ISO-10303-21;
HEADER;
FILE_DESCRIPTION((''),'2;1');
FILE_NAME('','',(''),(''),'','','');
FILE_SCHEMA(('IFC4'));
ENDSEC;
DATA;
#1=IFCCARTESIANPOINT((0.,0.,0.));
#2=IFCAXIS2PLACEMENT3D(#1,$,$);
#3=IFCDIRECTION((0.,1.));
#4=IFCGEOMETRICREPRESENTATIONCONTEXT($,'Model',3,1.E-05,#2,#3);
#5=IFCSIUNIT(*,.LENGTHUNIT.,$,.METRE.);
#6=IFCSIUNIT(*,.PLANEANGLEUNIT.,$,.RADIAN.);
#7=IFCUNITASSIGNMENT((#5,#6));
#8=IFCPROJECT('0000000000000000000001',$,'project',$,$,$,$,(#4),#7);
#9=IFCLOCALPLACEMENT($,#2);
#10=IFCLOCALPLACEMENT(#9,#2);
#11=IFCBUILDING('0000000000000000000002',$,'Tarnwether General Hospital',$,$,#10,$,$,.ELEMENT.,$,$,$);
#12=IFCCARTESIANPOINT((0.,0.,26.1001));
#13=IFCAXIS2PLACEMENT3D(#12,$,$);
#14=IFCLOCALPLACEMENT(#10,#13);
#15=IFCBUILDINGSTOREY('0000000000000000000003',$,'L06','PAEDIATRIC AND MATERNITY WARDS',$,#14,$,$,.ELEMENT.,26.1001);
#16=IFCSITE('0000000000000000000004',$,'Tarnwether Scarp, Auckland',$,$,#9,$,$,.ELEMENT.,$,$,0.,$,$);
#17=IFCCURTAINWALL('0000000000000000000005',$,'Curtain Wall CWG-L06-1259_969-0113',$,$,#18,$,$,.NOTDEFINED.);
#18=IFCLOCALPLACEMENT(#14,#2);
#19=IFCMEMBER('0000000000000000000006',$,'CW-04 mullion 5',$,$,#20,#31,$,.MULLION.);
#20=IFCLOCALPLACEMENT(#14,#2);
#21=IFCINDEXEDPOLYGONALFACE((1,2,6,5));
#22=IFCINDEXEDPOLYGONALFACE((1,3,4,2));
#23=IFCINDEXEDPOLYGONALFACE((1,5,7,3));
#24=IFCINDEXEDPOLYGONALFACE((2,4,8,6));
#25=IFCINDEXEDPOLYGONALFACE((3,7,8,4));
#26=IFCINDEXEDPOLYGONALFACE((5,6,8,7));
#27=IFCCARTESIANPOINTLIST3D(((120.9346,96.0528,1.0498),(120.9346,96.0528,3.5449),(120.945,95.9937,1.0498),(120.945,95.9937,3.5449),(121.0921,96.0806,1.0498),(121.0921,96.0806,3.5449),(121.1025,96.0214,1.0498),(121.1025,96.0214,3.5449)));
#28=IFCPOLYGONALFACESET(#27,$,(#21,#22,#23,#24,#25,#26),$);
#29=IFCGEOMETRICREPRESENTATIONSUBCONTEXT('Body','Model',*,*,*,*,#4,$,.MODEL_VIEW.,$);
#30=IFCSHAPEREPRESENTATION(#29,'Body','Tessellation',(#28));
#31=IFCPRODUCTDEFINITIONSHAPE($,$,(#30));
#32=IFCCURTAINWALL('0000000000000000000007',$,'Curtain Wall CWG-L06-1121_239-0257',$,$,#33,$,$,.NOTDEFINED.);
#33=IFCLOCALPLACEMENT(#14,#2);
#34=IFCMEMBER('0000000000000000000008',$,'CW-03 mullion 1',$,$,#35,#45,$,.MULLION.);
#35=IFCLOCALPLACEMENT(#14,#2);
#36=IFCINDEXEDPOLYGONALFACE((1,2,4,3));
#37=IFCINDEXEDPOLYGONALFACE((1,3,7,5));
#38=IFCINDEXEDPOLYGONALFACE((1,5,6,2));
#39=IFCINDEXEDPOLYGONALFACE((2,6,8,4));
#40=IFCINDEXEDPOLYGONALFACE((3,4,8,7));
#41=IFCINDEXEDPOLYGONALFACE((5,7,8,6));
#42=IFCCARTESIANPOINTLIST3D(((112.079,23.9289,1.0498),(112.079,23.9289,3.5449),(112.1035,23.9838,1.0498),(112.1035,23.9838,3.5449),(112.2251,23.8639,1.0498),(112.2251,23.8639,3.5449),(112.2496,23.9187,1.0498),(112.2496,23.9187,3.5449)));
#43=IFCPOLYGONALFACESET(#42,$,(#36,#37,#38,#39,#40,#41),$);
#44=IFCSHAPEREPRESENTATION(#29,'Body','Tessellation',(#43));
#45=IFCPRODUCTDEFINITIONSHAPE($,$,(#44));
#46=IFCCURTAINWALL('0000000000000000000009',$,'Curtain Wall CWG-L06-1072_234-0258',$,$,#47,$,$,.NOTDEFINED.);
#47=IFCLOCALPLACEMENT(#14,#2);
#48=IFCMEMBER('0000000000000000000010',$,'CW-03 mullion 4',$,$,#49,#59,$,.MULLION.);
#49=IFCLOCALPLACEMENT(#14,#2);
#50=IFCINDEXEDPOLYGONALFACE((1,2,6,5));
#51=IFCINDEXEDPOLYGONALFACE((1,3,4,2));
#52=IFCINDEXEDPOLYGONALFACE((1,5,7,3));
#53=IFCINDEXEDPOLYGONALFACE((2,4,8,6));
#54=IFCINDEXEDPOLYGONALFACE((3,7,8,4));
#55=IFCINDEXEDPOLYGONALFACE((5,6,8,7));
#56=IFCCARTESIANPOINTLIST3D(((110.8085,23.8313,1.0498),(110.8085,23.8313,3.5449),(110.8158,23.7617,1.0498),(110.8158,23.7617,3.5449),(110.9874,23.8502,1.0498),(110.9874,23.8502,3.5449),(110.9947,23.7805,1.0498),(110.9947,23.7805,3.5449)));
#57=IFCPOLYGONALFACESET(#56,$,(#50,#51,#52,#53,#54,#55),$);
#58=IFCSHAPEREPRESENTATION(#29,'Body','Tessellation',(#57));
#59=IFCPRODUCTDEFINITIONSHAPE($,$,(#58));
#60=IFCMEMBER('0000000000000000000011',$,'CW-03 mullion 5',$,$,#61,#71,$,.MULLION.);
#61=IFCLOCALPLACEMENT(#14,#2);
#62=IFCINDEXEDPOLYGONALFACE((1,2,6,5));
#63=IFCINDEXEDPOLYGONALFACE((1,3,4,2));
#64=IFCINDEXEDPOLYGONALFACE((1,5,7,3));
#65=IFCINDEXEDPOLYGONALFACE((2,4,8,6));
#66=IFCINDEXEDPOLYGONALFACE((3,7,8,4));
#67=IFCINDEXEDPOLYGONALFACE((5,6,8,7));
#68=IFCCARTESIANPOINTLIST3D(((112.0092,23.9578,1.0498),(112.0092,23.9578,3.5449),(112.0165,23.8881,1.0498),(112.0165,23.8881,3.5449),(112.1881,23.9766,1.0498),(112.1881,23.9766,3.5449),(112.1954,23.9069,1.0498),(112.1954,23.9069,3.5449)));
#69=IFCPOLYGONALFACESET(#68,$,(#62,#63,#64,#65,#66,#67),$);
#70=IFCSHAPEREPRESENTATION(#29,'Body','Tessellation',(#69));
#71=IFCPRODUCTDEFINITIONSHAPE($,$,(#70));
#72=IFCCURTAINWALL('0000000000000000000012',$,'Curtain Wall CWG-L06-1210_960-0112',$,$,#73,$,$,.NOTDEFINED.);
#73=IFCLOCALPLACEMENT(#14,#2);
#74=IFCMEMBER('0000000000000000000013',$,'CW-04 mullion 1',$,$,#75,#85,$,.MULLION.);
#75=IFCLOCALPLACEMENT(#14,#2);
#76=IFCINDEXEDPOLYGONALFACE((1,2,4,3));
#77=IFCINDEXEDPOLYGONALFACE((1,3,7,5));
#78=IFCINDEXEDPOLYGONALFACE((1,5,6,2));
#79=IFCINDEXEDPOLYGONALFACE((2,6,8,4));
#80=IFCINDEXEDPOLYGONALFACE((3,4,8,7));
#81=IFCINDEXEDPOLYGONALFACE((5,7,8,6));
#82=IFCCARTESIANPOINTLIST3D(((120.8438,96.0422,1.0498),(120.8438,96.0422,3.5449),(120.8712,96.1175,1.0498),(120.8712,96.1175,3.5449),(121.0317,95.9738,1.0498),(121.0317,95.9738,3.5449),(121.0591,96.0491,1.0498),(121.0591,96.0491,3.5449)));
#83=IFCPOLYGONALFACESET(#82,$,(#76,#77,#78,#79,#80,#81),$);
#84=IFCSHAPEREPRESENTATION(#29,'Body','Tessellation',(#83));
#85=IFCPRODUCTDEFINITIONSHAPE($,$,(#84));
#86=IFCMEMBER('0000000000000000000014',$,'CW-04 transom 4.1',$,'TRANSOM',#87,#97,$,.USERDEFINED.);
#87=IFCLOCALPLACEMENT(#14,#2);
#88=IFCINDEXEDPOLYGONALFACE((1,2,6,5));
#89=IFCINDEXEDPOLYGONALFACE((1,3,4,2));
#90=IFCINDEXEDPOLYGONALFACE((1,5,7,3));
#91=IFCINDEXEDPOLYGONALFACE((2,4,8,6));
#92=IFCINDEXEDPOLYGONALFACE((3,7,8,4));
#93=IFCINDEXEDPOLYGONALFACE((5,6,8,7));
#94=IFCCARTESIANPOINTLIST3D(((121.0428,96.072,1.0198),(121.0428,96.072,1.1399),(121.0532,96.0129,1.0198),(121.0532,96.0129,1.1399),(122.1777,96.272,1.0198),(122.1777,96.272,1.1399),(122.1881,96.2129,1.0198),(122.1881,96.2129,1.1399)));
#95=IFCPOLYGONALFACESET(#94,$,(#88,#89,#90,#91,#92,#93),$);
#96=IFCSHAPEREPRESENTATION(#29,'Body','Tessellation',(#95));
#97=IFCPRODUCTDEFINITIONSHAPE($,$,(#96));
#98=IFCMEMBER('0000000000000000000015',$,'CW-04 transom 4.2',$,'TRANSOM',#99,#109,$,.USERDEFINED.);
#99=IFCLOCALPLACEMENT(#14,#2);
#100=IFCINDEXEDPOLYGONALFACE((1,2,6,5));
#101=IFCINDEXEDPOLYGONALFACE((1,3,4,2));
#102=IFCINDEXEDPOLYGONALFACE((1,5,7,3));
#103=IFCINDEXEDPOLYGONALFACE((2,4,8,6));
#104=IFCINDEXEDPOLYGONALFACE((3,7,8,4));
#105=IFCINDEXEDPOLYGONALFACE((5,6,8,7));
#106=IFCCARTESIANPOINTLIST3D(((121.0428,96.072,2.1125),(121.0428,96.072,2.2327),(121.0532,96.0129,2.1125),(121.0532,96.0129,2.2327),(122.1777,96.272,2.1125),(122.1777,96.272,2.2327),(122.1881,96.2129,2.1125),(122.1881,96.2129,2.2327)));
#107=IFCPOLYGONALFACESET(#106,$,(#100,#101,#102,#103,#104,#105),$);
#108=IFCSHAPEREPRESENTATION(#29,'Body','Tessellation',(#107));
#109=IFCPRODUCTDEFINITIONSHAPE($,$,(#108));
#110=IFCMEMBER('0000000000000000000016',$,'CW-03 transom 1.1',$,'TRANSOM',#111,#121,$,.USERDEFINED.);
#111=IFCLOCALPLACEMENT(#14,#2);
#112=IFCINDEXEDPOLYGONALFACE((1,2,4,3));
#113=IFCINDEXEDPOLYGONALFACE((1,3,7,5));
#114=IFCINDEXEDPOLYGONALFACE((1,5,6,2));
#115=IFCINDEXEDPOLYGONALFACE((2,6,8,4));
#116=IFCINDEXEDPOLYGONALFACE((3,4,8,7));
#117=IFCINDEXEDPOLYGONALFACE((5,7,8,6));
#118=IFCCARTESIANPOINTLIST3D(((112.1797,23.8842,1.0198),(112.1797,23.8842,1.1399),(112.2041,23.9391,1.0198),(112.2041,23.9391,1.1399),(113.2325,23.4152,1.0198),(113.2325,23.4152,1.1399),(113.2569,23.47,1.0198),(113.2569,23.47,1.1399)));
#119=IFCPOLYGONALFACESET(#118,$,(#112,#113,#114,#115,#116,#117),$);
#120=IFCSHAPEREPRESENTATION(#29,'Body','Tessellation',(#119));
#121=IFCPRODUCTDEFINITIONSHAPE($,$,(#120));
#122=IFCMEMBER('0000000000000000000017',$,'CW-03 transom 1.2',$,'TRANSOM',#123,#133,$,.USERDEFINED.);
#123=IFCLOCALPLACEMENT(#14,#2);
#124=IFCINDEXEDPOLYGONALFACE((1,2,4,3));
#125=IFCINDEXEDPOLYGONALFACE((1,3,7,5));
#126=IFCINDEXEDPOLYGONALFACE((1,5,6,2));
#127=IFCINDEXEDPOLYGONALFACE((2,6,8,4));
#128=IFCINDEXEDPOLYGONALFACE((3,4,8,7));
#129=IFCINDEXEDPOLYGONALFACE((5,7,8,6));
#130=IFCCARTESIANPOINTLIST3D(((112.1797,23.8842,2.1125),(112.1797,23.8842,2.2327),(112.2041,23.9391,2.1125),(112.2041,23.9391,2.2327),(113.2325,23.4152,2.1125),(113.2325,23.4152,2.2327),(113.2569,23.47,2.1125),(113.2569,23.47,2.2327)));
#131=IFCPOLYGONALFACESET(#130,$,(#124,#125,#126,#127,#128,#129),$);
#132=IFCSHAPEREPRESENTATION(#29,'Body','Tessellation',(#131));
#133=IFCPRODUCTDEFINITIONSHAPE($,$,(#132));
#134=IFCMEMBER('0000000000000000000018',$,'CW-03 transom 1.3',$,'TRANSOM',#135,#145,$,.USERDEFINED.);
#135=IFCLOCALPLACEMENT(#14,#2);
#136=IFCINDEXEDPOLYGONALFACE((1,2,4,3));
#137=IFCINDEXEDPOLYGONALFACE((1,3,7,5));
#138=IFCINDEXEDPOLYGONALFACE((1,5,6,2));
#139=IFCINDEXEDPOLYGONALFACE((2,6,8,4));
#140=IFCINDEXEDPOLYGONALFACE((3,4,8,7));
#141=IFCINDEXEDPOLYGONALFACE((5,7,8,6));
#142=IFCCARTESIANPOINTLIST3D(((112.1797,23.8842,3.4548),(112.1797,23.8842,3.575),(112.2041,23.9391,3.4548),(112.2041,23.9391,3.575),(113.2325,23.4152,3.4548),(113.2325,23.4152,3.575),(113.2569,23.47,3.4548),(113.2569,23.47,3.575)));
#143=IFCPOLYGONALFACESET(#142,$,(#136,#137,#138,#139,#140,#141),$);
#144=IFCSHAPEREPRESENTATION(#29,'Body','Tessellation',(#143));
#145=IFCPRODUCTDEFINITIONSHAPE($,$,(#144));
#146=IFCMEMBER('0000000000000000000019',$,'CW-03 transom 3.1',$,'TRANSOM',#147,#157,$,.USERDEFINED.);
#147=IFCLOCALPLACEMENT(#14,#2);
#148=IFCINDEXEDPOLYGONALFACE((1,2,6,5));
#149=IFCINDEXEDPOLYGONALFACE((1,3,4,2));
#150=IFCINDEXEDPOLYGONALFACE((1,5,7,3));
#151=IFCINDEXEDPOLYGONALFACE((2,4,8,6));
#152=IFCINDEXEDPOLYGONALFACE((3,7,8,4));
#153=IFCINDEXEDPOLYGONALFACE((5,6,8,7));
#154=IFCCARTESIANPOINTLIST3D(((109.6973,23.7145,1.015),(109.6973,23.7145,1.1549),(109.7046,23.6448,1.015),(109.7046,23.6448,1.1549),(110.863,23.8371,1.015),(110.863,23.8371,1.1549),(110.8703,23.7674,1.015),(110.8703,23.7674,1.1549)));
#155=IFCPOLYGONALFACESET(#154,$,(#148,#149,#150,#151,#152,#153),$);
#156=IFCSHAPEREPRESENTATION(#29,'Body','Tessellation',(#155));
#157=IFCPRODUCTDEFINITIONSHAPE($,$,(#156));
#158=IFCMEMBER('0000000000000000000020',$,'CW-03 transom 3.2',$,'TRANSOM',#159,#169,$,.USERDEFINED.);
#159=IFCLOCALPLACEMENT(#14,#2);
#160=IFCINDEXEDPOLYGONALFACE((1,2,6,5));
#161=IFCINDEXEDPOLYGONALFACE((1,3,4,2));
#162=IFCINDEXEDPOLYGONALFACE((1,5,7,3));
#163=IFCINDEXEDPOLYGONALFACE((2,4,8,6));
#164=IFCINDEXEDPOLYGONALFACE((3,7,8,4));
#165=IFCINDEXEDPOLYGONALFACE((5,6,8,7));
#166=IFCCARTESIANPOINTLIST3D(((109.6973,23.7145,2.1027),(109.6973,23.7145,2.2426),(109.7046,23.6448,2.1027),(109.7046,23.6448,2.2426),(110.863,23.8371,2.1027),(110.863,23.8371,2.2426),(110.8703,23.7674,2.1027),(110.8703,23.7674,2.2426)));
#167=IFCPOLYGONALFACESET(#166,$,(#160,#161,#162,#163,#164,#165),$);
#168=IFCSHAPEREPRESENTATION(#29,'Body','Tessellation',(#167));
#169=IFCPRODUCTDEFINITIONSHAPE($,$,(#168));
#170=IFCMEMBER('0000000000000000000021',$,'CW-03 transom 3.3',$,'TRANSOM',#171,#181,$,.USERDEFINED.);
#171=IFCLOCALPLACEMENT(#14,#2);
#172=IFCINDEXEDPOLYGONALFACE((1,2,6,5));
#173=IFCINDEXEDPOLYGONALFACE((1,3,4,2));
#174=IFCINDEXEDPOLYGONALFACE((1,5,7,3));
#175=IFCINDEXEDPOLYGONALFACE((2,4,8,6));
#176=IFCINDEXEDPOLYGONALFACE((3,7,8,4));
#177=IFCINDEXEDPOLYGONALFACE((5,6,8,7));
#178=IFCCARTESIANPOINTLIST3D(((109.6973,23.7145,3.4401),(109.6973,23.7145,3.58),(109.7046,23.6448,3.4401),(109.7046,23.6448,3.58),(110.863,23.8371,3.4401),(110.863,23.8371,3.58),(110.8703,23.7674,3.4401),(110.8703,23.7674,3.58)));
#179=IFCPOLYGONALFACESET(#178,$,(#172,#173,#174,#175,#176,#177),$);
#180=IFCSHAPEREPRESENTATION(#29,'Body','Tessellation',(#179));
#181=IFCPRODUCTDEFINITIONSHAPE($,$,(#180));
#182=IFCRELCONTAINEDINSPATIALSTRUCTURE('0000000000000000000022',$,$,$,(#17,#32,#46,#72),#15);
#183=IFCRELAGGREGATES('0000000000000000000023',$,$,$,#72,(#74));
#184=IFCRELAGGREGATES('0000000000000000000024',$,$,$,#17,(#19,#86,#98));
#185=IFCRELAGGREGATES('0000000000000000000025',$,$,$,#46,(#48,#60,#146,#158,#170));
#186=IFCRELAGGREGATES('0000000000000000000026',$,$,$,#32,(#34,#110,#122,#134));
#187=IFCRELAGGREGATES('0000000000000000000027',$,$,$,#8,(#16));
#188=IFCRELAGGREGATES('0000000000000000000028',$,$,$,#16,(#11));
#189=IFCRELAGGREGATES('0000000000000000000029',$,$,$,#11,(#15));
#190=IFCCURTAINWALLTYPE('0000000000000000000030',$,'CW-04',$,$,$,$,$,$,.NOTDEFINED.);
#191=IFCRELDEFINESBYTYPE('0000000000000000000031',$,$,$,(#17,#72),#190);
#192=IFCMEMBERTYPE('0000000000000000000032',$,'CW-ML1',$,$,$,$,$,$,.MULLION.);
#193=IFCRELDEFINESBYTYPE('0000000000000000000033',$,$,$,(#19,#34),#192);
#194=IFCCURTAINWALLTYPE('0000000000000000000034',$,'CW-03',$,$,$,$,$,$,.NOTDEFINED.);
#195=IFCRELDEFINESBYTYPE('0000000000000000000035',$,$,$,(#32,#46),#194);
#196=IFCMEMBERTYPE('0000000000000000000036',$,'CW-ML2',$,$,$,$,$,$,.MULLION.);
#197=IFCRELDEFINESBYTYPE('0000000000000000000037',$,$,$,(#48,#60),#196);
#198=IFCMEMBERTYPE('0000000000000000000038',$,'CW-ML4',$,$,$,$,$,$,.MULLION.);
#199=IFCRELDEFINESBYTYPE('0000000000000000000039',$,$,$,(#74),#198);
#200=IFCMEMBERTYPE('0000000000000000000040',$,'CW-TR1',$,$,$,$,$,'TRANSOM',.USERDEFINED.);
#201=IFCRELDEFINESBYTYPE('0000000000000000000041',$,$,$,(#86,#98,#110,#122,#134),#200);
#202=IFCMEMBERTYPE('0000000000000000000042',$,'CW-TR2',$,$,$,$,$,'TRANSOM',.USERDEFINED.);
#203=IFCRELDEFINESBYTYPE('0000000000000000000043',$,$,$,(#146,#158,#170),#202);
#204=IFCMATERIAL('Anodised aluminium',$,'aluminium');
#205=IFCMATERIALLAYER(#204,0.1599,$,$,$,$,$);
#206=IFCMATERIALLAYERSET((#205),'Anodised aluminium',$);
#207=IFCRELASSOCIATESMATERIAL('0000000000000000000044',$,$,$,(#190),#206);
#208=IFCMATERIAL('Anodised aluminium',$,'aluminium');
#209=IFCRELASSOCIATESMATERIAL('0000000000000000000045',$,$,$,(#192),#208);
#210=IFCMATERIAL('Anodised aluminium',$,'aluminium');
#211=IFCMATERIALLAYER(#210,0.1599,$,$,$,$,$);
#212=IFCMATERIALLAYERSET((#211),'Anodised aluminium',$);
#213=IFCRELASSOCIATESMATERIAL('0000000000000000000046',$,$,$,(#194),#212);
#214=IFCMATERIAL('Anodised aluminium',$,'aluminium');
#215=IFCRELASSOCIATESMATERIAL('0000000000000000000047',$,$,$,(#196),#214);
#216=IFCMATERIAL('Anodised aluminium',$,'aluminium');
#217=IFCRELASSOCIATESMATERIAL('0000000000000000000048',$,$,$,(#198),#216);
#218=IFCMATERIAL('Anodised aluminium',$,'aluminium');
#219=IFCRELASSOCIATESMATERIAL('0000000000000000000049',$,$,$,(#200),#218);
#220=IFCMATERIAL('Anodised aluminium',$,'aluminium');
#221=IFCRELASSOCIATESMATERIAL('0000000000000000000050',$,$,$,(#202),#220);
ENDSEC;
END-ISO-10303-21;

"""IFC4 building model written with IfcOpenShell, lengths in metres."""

from ifc_helpers import new_model, si_unit, direction, frame, origin, origin_2d, place, context, subcontext, project, spatial, rectangle, extrude, material, layer, layer_set, material_profile, profile_set, type_object, element, aggregate, save


model = new_model("IFC4")

# Units and contexts
model_context = context("Model", 3, precision=1e-05, world=origin(), true_north=direction((0.0, 1.0)))
body_context = subcontext(model_context, "Body", "Model", "MODEL_VIEW")
ifc_project = project(units=[si_unit("LENGTHUNIT", "METRE"), si_unit("PLANEANGLEUNIT", "RADIAN")], contexts=[model_context])

# Site, building, storey
site_placement = place(None, origin())
site = spatial("IfcSite", under=ifc_project, at=site_placement, Name="Tarnwether Scarp, Auckland", CompositionType="ELEMENT", RefElevation=0.0)
building_placement = place(site_placement, origin())
building = spatial("IfcBuilding", under=site, at=building_placement, Name="Tarnwether General Hospital", CompositionType="ELEMENT")
storey_placement = place(building_placement, frame((0.0, 0.0, 26.1001)))
storey = spatial("IfcBuildingStorey", under=building, at=storey_placement, Name="L06", Description="PAEDIATRIC AND MATERNITY WARDS", CompositionType="ELEMENT", Elevation=26.1001)

# Curtain walls, members
ifc_material_1 = material(Name="Anodised aluminium", Category="aluminium")
ifc_layer_1 = layer(ifc_material_1, 0.1599)
ifc_layer_set_1 = layer_set([ifc_layer_1], Name="Anodised aluminium")
curtain_wall_type_1 = type_object("IfcCurtainWallType", Name="CW-04", PredefinedType="NOTDEFINED", material=ifc_layer_set_1)
curtain_wall_1_placement = place(storey_placement, origin())
curtain_wall_1 = element("IfcCurtainWall", 1, at=curtain_wall_1_placement, inside=storey, type_object=curtain_wall_type_1, Name="Curtain Wall CWG-L06-1259_969-0113", PredefinedType="NOTDEFINED")
ifc_material_2 = material(Name="Anodised aluminium", Category="aluminium")
ifc_material_profile_1 = material_profile(ifc_material_2, rectangle(XDim=0.0601, YDim=0.1599, at=origin_2d()), Name="ALU-MUL-60x160")
ifc_profile_set_1 = profile_set([ifc_material_profile_1], Name="Anodised aluminium")
member_type_1 = type_object("IfcMemberType", Name="CW-ML1", PredefinedType="MULLION", material=ifc_profile_set_1)
member_1_placement = place(storey_placement, frame((121.0186, 96.0371, 1.0498), z_axis=(0.0, 0.0, 1.0), x_axis=(0.173659, -0.984806, 0.0)))
member_1 = element("IfcMember", 2, at=member_1_placement, type_object=member_type_1, Name="CW-04 mullion 5", PredefinedType="MULLION", context=body_context, shape_type="SweptSolid", body=[
    extrude(rectangle(XDim=0.0601, YDim=0.1599, at=origin_2d()), origin(), (0.0, 0.0, 1.0), 2.4951),
])
ifc_material_3 = material(Name="Anodised aluminium", Category="aluminium")
ifc_layer_2 = layer(ifc_material_3, 0.1599)
ifc_layer_set_2 = layer_set([ifc_layer_2], Name="Anodised aluminium")
curtain_wall_type_2 = type_object("IfcCurtainWallType", Name="CW-03", PredefinedType="NOTDEFINED", material=ifc_layer_set_2)
curtain_wall_2_placement = place(storey_placement, origin())
curtain_wall_2 = element("IfcCurtainWall", 3, at=curtain_wall_2_placement, inside=storey, type_object=curtain_wall_type_2, Name="Curtain Wall CWG-L06-1121_239-0257", PredefinedType="NOTDEFINED")
member_2_placement = place(storey_placement, frame((112.1643, 23.9238, 1.0498), z_axis=(0.0, 0.0, 1.0), x_axis=(0.406848, 0.913496, 0.0)))
member_2 = element("IfcMember", 4, at=member_2_placement, type_object=member_type_1, Name="CW-03 mullion 1", PredefinedType="MULLION", context=body_context, shape_type="SweptSolid", body=[
    extrude(rectangle(XDim=0.0601, YDim=0.1599, at=origin_2d()), origin(), (0.0, 0.0, 1.0), 2.4951),
])

# Curtain wall, members
curtain_wall_3_placement = place(storey_placement, origin())
curtain_wall_3 = element("IfcCurtainWall", 5, at=curtain_wall_3_placement, inside=storey, type_object=curtain_wall_type_2, Name="Curtain Wall CWG-L06-1072_234-0258", PredefinedType="NOTDEFINED")
ifc_material_4 = material(Name="Anodised aluminium", Category="aluminium")
ifc_material_profile_2 = material_profile(ifc_material_4, rectangle(XDim=0.0701, YDim=0.1799, at=origin_2d()), Name="ALU-MUL-70x180")
ifc_profile_set_2 = profile_set([ifc_material_profile_2], Name="Anodised aluminium")
member_type_2 = type_object("IfcMemberType", Name="CW-ML2", PredefinedType="MULLION", material=ifc_profile_set_2)
member_3_placement = place(storey_placement, frame((110.9016, 23.8059, 1.0498), z_axis=(0.0, 0.0, 1.0), x_axis=(-0.104643, 0.99451, 0.0)))
member_3 = element("IfcMember", 6, at=member_3_placement, type_object=member_type_2, Name="CW-03 mullion 4", PredefinedType="MULLION", context=body_context, shape_type="SweptSolid", body=[
    extrude(rectangle(XDim=0.0701, YDim=0.1799, at=origin_2d()), origin(), (0.0, 0.0, 1.0), 2.4951),
])
member_4_placement = place(storey_placement, frame((112.1023, 23.9324, 1.0498), z_axis=(0.0, 0.0, 1.0), x_axis=(-0.104643, 0.99451, 0.0)))
member_4 = element("IfcMember", 7, at=member_4_placement, type_object=member_type_2, Name="CW-03 mullion 5", PredefinedType="MULLION", context=body_context, shape_type="SweptSolid", body=[
    extrude(rectangle(XDim=0.0701, YDim=0.1799, at=origin_2d()), origin(), (0.0, 0.0, 1.0), 2.4951),
])

# Curtain wall, member
curtain_wall_4_placement = place(storey_placement, origin())
curtain_wall_4 = element("IfcCurtainWall", 8, at=curtain_wall_4_placement, inside=storey, type_object=curtain_wall_type_1, Name="Curtain Wall CWG-L06-1210_960-0112", PredefinedType="NOTDEFINED")
ifc_material_5 = material(Name="Anodised aluminium", Category="aluminium")
ifc_material_profile_3 = material_profile(ifc_material_5, rectangle(XDim=0.0801, YDim=0.2, at=origin_2d()), Name="ALU-MUL-80x200")
ifc_profile_set_3 = profile_set([ifc_material_profile_3], Name="Anodised aluminium")
member_type_3 = type_object("IfcMemberType", Name="CW-ML4", PredefinedType="MULLION", material=ifc_profile_set_3)
member_5_placement = place(storey_placement, frame((120.9514, 96.0457, 1.0498), z_axis=(0.0, 0.0, 1.0), x_axis=(-0.342131, -0.939652, 0.0)))
member_5 = element("IfcMember", 9, at=member_5_placement, type_object=member_type_3, Name="CW-04 mullion 1", PredefinedType="MULLION", context=body_context, shape_type="SweptSolid", body=[
    extrude(rectangle(XDim=0.0801, YDim=0.2, at=origin_2d()), origin(), (0.0, 0.0, 1.0), 2.4951),
])

# Members
ifc_material_6 = material(Name="Anodised aluminium", Category="aluminium")
ifc_material_profile_4 = material_profile(ifc_material_6, rectangle(XDim=0.0601, YDim=0.1201, at=origin_2d()), Name="ALU-TRN-60x120")
ifc_profile_set_4 = profile_set([ifc_material_profile_4], Name="Anodised aluminium")
member_type_4 = type_object("IfcMemberType", Name="CW-TR1", ElementType="TRANSOM", PredefinedType="USERDEFINED", material=ifc_profile_set_4)
member_6_placement = place(storey_placement, frame((122.1829, 96.2424, 1.0798), z_axis=(-0.984828, -0.173531, 0.0), x_axis=(0.173531, -0.984828, 0.0)))
member_6 = element("IfcMember", 10, at=member_6_placement, type_object=member_type_4, Name="CW-04 transom 4.1", ObjectType="TRANSOM", PredefinedType="USERDEFINED", context=body_context, shape_type="SweptSolid", body=[
    extrude(rectangle(XDim=0.0601, YDim=0.1201, at=origin_2d()), origin(), (0.0, 0.0, 1.0), 1.1523),
])
member_7_placement = place(storey_placement, frame((122.1829, 96.2424, 2.1726), z_axis=(-0.984828, -0.173531, 0.0), x_axis=(0.173531, -0.984828, 0.0)))
member_7 = element("IfcMember", 11, at=member_7_placement, type_object=member_type_4, Name="CW-04 transom 4.2", ObjectType="TRANSOM", PredefinedType="USERDEFINED", context=body_context, shape_type="SweptSolid", body=[
    extrude(rectangle(XDim=0.0601, YDim=0.1201, at=origin_2d()), origin(), (0.0, 0.0, 1.0), 1.1523),
])
member_8_placement = place(storey_placement, frame((112.1919, 23.9116, 1.0798), z_axis=(0.913453, -0.406944, 0.0), x_axis=(0.406944, 0.913453, 0.0)))
member_8 = element("IfcMember", 12, at=member_8_placement, type_object=member_type_4, Name="CW-03 transom 1.1", ObjectType="TRANSOM", PredefinedType="USERDEFINED", context=body_context, shape_type="SweptSolid", body=[
    extrude(rectangle(XDim=0.0601, YDim=0.1201, at=origin_2d()), origin(), (0.0, 0.0, 1.0), 1.1526),
])
member_9_placement = place(storey_placement, frame((112.1919, 23.9116, 2.1726), z_axis=(0.913453, -0.406944, 0.0), x_axis=(0.406944, 0.913453, 0.0)))
member_9 = element("IfcMember", 13, at=member_9_placement, type_object=member_type_4, Name="CW-03 transom 1.2", ObjectType="TRANSOM", PredefinedType="USERDEFINED", context=body_context, shape_type="SweptSolid", body=[
    extrude(rectangle(XDim=0.0601, YDim=0.1201, at=origin_2d()), origin(), (0.0, 0.0, 1.0), 1.1526),
])
member_10_placement = place(storey_placement, frame((112.1919, 23.9116, 3.5149), z_axis=(0.913453, -0.406944, 0.0), x_axis=(0.406944, 0.913453, 0.0)))
member_10 = element("IfcMember", 14, at=member_10_placement, type_object=member_type_4, Name="CW-03 transom 1.3", ObjectType="TRANSOM", PredefinedType="USERDEFINED", context=body_context, shape_type="SweptSolid", body=[
    extrude(rectangle(XDim=0.0601, YDim=0.1201, at=origin_2d()), origin(), (0.0, 0.0, 1.0), 1.1526),
])
ifc_material_7 = material(Name="Anodised aluminium", Category="aluminium")
ifc_material_profile_5 = material_profile(ifc_material_7, rectangle(XDim=0.0701, YDim=0.1399, at=origin_2d()), Name="ALU-TRN-70x140")
ifc_profile_set_5 = profile_set([ifc_material_profile_5], Name="Anodised aluminium")
member_type_5 = type_object("IfcMemberType", Name="CW-TR2", ElementType="TRANSOM", PredefinedType="USERDEFINED", material=ifc_profile_set_5)
member_11_placement = place(storey_placement, frame((109.7009, 23.6797, 1.085), z_axis=(0.994519, 0.104555, 0.0), x_axis=(-0.104555, 0.994519, 0.0)))
member_11 = element("IfcMember", 15, at=member_11_placement, type_object=member_type_5, Name="CW-03 transom 3.1", ObjectType="TRANSOM", PredefinedType="USERDEFINED", context=body_context, shape_type="SweptSolid", body=[
    extrude(rectangle(XDim=0.0701, YDim=0.1399, at=origin_2d()), origin(), (0.0, 0.0, 1.0), 1.1721),
])
member_12_placement = place(storey_placement, frame((109.7009, 23.6797, 2.1726), z_axis=(0.994519, 0.104555, 0.0), x_axis=(-0.104555, 0.994519, 0.0)))
member_12 = element("IfcMember", 16, at=member_12_placement, type_object=member_type_5, Name="CW-03 transom 3.2", ObjectType="TRANSOM", PredefinedType="USERDEFINED", context=body_context, shape_type="SweptSolid", body=[
    extrude(rectangle(XDim=0.0701, YDim=0.1399, at=origin_2d()), origin(), (0.0, 0.0, 1.0), 1.1721),
])
member_13_placement = place(storey_placement, frame((109.7009, 23.6797, 3.51), z_axis=(0.994519, 0.104555, 0.0), x_axis=(-0.104555, 0.994519, 0.0)))
member_13 = element("IfcMember", 17, at=member_13_placement, type_object=member_type_5, Name="CW-03 transom 3.3", ObjectType="TRANSOM", PredefinedType="USERDEFINED", context=body_context, shape_type="SweptSolid", body=[
    extrude(rectangle(XDim=0.0701, YDim=0.1399, at=origin_2d()), origin(), (0.0, 0.0, 1.0), 1.1721),
])
aggregate(curtain_wall_4, [member_5])

aggregate(curtain_wall_1, [member_1, member_6, member_7])
aggregate(curtain_wall_3, [member_3, member_4, member_11, member_12, member_13])
aggregate(curtain_wall_2, [member_2, member_8, member_9, member_10])

save(model, "model.ifc")
